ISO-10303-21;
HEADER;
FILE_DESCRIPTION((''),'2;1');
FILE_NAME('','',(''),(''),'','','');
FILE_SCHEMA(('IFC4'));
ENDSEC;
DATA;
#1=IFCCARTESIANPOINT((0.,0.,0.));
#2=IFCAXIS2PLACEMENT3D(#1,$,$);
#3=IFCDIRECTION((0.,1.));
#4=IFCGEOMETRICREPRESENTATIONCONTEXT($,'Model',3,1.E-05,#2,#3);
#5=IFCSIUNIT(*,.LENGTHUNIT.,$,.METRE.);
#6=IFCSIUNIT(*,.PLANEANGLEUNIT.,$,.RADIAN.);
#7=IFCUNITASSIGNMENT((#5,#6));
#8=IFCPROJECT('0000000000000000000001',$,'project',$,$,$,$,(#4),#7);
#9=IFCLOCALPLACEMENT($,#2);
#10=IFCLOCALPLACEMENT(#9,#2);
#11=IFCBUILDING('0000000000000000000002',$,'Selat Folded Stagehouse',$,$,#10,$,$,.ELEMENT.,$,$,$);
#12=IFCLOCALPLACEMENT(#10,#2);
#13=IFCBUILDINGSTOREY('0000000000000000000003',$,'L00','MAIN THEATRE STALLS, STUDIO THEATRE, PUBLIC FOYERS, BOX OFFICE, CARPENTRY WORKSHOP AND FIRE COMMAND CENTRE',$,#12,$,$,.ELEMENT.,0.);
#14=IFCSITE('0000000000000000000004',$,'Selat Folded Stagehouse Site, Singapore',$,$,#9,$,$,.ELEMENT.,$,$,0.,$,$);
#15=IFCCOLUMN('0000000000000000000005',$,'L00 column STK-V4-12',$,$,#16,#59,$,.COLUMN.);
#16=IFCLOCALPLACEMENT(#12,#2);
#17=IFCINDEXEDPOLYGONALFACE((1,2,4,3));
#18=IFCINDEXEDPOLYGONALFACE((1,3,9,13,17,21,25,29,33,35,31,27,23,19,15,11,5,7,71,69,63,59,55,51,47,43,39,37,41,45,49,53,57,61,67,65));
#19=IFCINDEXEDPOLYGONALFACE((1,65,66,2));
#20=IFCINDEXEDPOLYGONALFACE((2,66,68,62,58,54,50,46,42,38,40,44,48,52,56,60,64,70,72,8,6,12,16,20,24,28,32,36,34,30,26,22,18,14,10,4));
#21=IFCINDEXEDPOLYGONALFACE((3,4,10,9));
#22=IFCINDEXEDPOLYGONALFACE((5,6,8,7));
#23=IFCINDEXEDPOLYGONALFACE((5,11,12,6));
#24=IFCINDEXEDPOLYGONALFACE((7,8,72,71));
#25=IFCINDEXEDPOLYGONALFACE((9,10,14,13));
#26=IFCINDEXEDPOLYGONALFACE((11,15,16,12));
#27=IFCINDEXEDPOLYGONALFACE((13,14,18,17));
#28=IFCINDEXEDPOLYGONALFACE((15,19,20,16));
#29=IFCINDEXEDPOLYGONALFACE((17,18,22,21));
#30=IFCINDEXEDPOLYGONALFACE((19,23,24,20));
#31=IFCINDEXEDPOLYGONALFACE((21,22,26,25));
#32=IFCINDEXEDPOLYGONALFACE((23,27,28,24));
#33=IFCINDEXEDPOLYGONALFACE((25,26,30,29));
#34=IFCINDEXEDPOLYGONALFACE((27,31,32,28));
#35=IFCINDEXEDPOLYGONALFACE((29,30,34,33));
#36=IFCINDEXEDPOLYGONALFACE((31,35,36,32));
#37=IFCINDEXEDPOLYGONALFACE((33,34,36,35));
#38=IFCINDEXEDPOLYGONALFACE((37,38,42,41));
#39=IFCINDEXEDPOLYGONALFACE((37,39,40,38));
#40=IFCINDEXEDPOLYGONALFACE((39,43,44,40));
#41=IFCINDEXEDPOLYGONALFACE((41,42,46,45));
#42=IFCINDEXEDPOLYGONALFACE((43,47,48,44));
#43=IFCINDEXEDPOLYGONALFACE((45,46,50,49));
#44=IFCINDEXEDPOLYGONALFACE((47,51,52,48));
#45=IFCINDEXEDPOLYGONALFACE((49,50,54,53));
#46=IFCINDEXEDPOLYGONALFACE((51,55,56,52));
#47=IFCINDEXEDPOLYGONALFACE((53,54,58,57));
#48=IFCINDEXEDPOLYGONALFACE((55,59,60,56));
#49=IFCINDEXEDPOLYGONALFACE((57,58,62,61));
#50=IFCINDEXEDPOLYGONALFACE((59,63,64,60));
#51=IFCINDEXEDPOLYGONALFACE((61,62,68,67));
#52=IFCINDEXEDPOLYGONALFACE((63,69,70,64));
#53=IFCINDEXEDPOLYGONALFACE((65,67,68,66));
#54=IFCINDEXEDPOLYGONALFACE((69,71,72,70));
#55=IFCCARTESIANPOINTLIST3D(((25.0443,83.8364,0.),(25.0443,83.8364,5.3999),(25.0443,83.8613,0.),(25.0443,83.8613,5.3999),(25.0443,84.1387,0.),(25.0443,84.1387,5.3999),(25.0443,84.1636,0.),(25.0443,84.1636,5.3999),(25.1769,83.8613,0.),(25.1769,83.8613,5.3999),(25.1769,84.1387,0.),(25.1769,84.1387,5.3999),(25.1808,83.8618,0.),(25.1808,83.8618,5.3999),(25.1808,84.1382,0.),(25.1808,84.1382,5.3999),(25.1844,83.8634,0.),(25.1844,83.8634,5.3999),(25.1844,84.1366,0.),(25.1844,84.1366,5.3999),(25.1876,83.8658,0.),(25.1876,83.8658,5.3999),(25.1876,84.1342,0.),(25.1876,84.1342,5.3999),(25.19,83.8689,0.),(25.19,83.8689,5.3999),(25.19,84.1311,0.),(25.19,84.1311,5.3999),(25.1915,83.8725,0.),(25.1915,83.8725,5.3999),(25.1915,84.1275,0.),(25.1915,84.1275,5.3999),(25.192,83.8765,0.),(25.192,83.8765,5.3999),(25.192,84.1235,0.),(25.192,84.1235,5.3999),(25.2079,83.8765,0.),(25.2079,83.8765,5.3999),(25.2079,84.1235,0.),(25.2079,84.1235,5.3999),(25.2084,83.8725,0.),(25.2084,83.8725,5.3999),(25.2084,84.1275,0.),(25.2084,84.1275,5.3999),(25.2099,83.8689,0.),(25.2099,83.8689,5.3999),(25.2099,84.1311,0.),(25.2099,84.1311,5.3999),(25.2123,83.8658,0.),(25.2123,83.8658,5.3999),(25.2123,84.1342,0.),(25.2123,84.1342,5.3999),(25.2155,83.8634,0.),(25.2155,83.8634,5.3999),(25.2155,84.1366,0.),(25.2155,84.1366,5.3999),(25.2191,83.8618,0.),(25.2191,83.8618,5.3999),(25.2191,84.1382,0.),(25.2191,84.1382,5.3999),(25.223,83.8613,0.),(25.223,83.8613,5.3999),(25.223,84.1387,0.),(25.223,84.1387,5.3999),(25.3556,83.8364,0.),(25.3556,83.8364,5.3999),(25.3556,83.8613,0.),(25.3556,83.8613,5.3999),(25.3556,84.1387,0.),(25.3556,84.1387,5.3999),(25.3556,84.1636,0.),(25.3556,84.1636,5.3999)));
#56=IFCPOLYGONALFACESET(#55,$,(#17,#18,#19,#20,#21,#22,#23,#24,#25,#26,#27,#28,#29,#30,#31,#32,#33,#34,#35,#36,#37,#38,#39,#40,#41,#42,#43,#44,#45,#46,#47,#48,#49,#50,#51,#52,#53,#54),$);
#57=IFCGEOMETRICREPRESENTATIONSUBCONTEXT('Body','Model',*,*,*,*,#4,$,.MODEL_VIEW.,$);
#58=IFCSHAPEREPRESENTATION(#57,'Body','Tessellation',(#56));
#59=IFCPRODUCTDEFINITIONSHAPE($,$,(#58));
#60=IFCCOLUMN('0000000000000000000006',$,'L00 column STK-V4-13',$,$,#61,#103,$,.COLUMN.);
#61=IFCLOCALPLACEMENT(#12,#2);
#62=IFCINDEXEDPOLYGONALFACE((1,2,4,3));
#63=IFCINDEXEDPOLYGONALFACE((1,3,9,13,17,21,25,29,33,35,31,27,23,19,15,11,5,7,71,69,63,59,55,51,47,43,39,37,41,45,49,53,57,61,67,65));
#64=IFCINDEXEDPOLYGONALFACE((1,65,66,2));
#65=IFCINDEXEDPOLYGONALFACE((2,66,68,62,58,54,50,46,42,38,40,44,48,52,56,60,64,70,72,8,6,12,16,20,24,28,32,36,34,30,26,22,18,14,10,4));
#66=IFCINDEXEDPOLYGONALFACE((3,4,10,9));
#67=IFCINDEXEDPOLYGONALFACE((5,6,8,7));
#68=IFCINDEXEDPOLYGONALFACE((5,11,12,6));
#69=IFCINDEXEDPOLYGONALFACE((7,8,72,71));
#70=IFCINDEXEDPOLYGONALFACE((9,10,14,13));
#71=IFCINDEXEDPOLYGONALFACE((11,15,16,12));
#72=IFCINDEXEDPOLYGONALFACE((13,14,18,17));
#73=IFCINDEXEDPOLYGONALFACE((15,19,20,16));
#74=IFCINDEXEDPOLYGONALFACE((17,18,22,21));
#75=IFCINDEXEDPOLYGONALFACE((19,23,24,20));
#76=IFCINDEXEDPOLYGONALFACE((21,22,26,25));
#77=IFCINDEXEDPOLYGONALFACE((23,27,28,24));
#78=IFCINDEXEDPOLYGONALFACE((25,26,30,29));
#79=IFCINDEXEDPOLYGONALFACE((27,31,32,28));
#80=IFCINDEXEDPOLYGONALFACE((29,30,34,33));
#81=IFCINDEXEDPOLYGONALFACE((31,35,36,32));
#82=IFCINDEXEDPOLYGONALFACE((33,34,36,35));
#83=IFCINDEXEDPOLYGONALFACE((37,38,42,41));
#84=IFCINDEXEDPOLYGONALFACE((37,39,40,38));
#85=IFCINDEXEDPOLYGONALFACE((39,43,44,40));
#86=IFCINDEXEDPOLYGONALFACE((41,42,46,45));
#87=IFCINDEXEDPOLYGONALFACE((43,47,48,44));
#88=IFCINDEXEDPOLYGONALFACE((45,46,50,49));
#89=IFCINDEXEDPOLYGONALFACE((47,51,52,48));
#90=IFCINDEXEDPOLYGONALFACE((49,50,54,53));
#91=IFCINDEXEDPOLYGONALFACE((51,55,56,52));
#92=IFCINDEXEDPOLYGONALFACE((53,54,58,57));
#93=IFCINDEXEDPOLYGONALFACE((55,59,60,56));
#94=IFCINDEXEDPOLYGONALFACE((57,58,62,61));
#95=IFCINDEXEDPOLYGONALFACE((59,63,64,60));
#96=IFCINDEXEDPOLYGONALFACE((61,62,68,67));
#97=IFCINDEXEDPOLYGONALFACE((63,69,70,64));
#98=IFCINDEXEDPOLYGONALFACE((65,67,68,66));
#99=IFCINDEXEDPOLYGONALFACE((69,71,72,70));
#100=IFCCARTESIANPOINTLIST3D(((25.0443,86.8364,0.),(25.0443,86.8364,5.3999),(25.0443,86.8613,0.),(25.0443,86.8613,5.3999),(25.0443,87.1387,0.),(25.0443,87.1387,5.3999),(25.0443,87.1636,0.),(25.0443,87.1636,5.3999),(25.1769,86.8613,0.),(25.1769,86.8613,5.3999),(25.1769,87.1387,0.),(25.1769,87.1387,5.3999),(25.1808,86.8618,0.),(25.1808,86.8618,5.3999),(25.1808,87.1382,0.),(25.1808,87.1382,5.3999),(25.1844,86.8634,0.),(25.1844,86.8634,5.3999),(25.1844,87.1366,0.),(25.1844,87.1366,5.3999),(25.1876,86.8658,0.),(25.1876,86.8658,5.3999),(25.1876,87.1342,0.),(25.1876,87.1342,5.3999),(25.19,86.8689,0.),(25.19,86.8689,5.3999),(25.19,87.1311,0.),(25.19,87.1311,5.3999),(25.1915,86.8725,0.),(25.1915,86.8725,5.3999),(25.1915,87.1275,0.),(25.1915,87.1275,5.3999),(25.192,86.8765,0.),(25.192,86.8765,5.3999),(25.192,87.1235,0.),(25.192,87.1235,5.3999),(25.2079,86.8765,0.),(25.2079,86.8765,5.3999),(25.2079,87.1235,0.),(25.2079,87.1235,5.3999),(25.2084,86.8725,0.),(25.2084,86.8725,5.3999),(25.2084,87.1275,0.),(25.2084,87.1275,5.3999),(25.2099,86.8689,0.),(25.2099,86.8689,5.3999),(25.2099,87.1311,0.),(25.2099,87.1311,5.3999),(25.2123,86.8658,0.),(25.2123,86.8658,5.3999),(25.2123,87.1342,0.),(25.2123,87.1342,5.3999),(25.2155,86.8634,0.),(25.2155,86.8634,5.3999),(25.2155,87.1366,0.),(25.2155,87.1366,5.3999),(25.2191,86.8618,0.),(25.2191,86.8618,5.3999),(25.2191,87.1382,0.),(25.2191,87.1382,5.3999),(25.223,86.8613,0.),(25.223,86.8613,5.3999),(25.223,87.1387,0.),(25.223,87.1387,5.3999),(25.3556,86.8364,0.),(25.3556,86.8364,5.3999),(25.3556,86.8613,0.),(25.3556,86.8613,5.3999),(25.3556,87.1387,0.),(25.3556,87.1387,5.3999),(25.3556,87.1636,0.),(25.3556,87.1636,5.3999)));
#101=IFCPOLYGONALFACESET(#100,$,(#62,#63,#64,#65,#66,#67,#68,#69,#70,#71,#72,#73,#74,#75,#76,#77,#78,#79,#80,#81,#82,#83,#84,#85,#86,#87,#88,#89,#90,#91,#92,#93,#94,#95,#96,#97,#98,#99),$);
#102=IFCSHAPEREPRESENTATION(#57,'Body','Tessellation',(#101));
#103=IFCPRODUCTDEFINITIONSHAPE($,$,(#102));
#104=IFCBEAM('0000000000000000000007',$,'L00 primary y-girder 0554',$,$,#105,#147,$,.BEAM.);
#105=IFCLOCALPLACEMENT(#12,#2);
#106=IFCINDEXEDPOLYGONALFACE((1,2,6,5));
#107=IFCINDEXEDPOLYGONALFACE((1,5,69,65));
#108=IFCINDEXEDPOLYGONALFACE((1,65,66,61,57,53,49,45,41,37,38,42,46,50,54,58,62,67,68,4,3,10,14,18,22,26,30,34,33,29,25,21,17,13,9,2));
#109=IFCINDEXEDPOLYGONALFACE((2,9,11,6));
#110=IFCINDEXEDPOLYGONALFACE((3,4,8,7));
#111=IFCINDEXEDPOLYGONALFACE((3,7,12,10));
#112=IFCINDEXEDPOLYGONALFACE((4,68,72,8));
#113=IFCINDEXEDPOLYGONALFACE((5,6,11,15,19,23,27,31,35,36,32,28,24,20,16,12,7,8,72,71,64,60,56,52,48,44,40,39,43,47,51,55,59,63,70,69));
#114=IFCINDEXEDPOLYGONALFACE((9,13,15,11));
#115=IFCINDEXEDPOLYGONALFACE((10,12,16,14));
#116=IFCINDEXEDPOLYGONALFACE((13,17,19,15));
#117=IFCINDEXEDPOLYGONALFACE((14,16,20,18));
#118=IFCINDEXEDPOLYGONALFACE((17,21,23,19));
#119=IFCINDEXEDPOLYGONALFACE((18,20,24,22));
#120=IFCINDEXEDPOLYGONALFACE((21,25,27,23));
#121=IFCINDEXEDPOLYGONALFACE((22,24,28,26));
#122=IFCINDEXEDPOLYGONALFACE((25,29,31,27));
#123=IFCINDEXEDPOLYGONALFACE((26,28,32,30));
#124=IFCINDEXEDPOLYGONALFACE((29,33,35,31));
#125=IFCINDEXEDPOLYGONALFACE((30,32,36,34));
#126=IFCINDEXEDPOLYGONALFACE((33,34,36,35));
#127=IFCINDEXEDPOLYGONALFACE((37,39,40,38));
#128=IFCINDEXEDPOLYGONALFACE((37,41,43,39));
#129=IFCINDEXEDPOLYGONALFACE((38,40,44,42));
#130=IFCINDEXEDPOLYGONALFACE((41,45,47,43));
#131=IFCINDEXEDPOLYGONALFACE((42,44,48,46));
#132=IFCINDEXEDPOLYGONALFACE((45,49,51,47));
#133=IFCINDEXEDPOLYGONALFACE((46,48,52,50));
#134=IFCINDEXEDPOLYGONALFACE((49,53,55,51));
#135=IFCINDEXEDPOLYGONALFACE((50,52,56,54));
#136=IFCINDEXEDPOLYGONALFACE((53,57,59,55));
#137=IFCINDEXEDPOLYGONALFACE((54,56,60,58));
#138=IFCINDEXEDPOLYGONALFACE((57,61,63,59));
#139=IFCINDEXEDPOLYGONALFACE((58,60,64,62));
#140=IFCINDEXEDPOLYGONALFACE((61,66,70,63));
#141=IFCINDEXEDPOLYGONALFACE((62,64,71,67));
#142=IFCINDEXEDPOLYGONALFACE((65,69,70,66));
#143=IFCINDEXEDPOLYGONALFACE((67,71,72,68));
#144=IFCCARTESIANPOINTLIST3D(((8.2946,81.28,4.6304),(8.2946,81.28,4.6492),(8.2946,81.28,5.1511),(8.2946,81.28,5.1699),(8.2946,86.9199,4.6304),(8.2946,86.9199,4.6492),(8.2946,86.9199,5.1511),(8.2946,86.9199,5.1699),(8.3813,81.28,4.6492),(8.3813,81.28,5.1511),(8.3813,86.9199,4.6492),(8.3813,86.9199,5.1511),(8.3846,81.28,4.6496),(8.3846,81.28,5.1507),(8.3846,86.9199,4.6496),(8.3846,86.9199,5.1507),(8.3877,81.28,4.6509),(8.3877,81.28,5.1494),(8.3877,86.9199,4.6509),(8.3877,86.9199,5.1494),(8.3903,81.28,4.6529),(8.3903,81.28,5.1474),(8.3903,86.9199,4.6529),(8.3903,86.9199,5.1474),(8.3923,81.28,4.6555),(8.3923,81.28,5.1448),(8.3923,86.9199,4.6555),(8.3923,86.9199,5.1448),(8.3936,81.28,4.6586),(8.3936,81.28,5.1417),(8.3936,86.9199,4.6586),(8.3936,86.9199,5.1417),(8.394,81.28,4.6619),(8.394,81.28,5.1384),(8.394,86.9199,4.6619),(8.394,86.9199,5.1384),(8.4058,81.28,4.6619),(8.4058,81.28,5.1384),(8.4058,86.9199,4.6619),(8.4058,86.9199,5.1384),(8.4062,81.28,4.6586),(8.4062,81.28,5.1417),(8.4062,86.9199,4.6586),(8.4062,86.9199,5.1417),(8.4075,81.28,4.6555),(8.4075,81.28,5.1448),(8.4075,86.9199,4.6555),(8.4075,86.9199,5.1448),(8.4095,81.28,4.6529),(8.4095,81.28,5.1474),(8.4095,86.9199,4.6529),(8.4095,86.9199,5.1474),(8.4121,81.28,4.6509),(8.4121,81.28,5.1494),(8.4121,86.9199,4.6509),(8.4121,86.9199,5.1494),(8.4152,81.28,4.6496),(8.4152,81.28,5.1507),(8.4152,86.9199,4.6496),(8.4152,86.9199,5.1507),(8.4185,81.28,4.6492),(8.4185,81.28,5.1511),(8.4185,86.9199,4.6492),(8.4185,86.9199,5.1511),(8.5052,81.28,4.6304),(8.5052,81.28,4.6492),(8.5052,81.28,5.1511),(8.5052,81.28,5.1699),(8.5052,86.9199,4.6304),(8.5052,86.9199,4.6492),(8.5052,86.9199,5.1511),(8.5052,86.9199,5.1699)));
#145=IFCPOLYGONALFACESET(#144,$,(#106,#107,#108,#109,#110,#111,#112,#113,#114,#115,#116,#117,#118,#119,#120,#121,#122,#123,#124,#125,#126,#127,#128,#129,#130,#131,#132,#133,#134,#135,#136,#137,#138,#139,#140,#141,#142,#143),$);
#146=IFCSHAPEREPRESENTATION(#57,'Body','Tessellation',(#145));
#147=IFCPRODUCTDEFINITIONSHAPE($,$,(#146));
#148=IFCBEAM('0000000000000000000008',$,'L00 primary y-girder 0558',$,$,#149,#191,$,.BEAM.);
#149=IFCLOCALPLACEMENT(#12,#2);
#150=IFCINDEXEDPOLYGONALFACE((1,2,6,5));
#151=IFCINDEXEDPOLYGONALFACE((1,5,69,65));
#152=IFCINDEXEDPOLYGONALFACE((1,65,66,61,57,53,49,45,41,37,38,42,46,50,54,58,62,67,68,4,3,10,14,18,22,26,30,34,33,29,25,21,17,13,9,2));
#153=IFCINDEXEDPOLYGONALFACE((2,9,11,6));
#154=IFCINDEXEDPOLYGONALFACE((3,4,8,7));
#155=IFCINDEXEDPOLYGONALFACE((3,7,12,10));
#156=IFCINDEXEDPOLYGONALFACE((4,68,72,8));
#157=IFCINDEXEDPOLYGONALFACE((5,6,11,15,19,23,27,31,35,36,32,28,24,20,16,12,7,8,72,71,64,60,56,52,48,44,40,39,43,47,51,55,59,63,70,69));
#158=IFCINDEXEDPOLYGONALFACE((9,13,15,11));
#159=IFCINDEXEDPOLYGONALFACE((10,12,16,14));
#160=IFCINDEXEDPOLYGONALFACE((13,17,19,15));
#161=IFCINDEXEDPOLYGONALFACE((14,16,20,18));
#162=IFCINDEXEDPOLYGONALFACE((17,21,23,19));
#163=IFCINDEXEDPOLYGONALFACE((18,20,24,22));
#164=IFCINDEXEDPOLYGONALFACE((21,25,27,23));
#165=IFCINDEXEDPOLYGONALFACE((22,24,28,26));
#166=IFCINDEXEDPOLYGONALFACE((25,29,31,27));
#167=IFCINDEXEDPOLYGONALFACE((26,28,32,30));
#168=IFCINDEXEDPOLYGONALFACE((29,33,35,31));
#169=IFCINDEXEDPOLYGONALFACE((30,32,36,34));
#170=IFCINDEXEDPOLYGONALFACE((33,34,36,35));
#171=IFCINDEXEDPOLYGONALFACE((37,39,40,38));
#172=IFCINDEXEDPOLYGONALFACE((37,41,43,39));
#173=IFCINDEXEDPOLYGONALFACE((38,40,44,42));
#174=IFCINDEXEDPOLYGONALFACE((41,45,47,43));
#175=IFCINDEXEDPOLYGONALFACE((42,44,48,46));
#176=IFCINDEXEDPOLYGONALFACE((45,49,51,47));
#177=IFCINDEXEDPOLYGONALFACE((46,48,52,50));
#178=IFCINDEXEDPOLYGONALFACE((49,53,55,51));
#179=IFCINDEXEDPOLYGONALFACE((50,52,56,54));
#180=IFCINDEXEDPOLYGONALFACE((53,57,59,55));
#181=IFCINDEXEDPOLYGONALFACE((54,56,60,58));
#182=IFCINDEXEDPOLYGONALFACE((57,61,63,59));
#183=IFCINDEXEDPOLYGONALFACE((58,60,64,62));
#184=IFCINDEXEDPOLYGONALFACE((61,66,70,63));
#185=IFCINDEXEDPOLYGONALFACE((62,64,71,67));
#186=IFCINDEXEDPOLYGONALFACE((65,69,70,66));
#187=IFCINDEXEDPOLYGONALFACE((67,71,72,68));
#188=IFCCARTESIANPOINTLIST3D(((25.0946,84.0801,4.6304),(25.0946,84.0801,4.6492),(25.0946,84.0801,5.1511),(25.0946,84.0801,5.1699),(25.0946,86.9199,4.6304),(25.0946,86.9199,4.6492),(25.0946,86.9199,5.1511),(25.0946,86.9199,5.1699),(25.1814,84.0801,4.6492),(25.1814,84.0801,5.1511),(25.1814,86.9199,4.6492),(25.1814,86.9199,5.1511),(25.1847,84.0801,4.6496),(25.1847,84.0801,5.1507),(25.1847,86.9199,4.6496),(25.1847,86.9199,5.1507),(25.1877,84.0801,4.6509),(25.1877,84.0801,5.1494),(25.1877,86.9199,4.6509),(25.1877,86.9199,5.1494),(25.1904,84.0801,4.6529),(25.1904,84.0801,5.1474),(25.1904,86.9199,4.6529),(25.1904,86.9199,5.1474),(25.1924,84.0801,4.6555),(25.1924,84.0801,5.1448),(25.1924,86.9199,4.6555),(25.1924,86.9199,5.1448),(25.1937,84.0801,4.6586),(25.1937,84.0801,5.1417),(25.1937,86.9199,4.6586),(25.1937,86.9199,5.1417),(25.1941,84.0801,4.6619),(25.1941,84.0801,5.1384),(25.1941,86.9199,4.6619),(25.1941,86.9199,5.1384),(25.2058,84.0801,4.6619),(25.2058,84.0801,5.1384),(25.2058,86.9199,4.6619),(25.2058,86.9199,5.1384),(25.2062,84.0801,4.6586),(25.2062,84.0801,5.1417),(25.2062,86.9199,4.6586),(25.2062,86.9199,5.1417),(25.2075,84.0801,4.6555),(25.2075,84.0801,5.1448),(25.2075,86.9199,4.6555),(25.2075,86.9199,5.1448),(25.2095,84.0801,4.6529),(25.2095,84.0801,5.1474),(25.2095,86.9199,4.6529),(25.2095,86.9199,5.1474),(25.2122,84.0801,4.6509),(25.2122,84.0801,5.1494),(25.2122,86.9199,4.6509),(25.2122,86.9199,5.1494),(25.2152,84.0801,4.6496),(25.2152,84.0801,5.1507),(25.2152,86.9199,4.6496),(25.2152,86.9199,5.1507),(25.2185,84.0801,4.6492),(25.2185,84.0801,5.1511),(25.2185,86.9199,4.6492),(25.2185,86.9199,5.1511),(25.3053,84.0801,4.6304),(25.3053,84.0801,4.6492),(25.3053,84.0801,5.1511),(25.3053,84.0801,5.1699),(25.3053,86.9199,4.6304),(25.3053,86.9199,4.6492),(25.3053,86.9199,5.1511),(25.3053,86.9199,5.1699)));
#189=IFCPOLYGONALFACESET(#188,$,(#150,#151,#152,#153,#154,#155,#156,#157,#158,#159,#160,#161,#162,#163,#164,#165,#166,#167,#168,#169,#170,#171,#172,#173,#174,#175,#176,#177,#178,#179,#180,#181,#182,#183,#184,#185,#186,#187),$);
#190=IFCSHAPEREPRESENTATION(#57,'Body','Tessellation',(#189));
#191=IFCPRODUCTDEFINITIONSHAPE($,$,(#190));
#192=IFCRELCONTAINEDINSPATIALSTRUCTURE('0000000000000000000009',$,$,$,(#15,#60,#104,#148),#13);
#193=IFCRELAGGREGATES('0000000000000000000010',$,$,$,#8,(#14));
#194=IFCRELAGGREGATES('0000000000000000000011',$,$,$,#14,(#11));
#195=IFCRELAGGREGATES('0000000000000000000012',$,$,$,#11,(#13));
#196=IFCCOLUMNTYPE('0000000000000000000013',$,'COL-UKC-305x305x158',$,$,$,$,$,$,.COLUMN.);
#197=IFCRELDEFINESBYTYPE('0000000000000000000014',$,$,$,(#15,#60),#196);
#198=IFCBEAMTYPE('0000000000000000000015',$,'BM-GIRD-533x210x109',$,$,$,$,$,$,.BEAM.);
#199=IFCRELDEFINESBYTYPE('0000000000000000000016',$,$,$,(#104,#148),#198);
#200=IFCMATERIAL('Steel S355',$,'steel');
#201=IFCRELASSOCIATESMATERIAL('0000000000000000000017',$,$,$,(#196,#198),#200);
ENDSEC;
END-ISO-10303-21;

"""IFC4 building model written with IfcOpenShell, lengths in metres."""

from ifc_helpers import new_model, si_unit, direction, frame, origin, origin_2d, place, context, subcontext, project, spatial, i_section, extrude, material, material_profile, profile_set, type_object, element, save


model = new_model("IFC4")

# Units and contexts
model_context = context("Model", 3, precision=1e-05, world=origin(), true_north=direction((0.0, 1.0)))
body_context = subcontext(model_context, "Body", "Model", "MODEL_VIEW")
ifc_project = project(units=[si_unit("LENGTHUNIT", "METRE"), si_unit("PLANEANGLEUNIT", "RADIAN")], contexts=[model_context])

# Site, building, storey
site_placement = place(None, origin())
site = spatial("IfcSite", under=ifc_project, at=site_placement, Name="Selat Folded Stagehouse Site, Singapore", CompositionType="ELEMENT", RefElevation=0.0)
building_placement = place(site_placement, origin())
building = spatial("IfcBuilding", under=site, at=building_placement, Name="Selat Folded Stagehouse", CompositionType="ELEMENT")
storey_placement = place(building_placement, origin())
storey = spatial("IfcBuildingStorey", under=building, at=storey_placement, Name="L00", Description="MAIN THEATRE STALLS, STUDIO THEATRE, PUBLIC FOYERS, BOX OFFICE, CARPENTRY WORKSHOP AND FIRE COMMAND CENTRE", CompositionType="ELEMENT", Elevation=0.0)

# Columns
ifc_material_1 = material(Name="Steel S355", Category="steel")
ifc_material_profile_1 = material_profile(ifc_material_1, i_section(OverallWidth=0.3113, OverallDepth=0.3271, WebThickness=0.0159, FlangeThickness=0.0249, FilletRadius=0.0151, at=origin_2d()), Name="UKC 305x305x158")
ifc_profile_set_1 = profile_set([ifc_material_profile_1], Name="Steel S355")
column_type = type_object("IfcColumnType", Name="COL-UKC-305x305x158", PredefinedType="COLUMN", material=ifc_profile_set_1)
for number, where, z_axis, x_axis, name in (
    (1, (25.2, 84.0, 0.0), (0.0, 0.0, 1.0), (1.0, 0.0, 0.0), "L00 column STK-V4-12"),
    (2, (25.2, 87.0, 0.0), (0.0, 0.0, 1.0), (1.0, 0.0, 0.0), "L00 column STK-V4-13"),
):
    element("IfcColumn", number, at=place(storey_placement, frame(where, z_axis=z_axis, x_axis=x_axis)), inside=storey, type_object=column_type, Name=name, PredefinedType="COLUMN", context=body_context, shape_type="SweptSolid", body=[
        extrude(i_section(OverallWidth=0.3113, OverallDepth=0.3271, WebThickness=0.0159, FlangeThickness=0.0249, FilletRadius=0.0151, at=origin_2d()), origin(), (0.0, 0.0, 1.0), 5.3999),
    ])

# Beams
ifc_material_profile_2 = material_profile(ifc_material_1, i_section(OverallWidth=0.2107, OverallDepth=0.5396, WebThickness=0.0117, FlangeThickness=0.0188, FilletRadius=0.0127, at=origin_2d()), Name="UKB 533x210x109")
ifc_profile_set_2 = profile_set([ifc_material_profile_2], Name="Steel S355")
beam_type_1 = type_object("IfcBeamType", Name="BM-GIRD-533x210x109", PredefinedType="BEAM", material=ifc_profile_set_2)
beam_1_placement = place(storey_placement, frame((8.3999, 81.28, 4.9001), z_axis=(0.0, 1.0, 0.0), x_axis=(-1.0, 0.0, 0.0)))
element("IfcBeam", 3, at=beam_1_placement, inside=storey, type_object=beam_type_1, Name="L00 primary y-girder 0554", PredefinedType="BEAM", context=body_context, shape_type="SweptSolid", body=[
    extrude(i_section(OverallWidth=0.2107, OverallDepth=0.5396, WebThickness=0.0117, FlangeThickness=0.0188, FilletRadius=0.0127, at=origin_2d()), origin(), (0.0, 0.0, 1.0), 5.6399),
])
beam_2_placement = place(storey_placement, frame((25.2, 84.0801, 4.9001), z_axis=(0.0, 1.0, 0.0), x_axis=(-1.0, 0.0, 0.0)))
element("IfcBeam", 4, at=beam_2_placement, inside=storey, type_object=beam_type_1, Name="L00 primary y-girder 0558", PredefinedType="BEAM", context=body_context, shape_type="SweptSolid", body=[
    extrude(i_section(OverallWidth=0.2107, OverallDepth=0.5396, WebThickness=0.0117, FlangeThickness=0.0188, FilletRadius=0.0127, at=origin_2d()), origin(), (0.0, 0.0, 1.0), 2.8398),
])

save(model, "model.ifc")
